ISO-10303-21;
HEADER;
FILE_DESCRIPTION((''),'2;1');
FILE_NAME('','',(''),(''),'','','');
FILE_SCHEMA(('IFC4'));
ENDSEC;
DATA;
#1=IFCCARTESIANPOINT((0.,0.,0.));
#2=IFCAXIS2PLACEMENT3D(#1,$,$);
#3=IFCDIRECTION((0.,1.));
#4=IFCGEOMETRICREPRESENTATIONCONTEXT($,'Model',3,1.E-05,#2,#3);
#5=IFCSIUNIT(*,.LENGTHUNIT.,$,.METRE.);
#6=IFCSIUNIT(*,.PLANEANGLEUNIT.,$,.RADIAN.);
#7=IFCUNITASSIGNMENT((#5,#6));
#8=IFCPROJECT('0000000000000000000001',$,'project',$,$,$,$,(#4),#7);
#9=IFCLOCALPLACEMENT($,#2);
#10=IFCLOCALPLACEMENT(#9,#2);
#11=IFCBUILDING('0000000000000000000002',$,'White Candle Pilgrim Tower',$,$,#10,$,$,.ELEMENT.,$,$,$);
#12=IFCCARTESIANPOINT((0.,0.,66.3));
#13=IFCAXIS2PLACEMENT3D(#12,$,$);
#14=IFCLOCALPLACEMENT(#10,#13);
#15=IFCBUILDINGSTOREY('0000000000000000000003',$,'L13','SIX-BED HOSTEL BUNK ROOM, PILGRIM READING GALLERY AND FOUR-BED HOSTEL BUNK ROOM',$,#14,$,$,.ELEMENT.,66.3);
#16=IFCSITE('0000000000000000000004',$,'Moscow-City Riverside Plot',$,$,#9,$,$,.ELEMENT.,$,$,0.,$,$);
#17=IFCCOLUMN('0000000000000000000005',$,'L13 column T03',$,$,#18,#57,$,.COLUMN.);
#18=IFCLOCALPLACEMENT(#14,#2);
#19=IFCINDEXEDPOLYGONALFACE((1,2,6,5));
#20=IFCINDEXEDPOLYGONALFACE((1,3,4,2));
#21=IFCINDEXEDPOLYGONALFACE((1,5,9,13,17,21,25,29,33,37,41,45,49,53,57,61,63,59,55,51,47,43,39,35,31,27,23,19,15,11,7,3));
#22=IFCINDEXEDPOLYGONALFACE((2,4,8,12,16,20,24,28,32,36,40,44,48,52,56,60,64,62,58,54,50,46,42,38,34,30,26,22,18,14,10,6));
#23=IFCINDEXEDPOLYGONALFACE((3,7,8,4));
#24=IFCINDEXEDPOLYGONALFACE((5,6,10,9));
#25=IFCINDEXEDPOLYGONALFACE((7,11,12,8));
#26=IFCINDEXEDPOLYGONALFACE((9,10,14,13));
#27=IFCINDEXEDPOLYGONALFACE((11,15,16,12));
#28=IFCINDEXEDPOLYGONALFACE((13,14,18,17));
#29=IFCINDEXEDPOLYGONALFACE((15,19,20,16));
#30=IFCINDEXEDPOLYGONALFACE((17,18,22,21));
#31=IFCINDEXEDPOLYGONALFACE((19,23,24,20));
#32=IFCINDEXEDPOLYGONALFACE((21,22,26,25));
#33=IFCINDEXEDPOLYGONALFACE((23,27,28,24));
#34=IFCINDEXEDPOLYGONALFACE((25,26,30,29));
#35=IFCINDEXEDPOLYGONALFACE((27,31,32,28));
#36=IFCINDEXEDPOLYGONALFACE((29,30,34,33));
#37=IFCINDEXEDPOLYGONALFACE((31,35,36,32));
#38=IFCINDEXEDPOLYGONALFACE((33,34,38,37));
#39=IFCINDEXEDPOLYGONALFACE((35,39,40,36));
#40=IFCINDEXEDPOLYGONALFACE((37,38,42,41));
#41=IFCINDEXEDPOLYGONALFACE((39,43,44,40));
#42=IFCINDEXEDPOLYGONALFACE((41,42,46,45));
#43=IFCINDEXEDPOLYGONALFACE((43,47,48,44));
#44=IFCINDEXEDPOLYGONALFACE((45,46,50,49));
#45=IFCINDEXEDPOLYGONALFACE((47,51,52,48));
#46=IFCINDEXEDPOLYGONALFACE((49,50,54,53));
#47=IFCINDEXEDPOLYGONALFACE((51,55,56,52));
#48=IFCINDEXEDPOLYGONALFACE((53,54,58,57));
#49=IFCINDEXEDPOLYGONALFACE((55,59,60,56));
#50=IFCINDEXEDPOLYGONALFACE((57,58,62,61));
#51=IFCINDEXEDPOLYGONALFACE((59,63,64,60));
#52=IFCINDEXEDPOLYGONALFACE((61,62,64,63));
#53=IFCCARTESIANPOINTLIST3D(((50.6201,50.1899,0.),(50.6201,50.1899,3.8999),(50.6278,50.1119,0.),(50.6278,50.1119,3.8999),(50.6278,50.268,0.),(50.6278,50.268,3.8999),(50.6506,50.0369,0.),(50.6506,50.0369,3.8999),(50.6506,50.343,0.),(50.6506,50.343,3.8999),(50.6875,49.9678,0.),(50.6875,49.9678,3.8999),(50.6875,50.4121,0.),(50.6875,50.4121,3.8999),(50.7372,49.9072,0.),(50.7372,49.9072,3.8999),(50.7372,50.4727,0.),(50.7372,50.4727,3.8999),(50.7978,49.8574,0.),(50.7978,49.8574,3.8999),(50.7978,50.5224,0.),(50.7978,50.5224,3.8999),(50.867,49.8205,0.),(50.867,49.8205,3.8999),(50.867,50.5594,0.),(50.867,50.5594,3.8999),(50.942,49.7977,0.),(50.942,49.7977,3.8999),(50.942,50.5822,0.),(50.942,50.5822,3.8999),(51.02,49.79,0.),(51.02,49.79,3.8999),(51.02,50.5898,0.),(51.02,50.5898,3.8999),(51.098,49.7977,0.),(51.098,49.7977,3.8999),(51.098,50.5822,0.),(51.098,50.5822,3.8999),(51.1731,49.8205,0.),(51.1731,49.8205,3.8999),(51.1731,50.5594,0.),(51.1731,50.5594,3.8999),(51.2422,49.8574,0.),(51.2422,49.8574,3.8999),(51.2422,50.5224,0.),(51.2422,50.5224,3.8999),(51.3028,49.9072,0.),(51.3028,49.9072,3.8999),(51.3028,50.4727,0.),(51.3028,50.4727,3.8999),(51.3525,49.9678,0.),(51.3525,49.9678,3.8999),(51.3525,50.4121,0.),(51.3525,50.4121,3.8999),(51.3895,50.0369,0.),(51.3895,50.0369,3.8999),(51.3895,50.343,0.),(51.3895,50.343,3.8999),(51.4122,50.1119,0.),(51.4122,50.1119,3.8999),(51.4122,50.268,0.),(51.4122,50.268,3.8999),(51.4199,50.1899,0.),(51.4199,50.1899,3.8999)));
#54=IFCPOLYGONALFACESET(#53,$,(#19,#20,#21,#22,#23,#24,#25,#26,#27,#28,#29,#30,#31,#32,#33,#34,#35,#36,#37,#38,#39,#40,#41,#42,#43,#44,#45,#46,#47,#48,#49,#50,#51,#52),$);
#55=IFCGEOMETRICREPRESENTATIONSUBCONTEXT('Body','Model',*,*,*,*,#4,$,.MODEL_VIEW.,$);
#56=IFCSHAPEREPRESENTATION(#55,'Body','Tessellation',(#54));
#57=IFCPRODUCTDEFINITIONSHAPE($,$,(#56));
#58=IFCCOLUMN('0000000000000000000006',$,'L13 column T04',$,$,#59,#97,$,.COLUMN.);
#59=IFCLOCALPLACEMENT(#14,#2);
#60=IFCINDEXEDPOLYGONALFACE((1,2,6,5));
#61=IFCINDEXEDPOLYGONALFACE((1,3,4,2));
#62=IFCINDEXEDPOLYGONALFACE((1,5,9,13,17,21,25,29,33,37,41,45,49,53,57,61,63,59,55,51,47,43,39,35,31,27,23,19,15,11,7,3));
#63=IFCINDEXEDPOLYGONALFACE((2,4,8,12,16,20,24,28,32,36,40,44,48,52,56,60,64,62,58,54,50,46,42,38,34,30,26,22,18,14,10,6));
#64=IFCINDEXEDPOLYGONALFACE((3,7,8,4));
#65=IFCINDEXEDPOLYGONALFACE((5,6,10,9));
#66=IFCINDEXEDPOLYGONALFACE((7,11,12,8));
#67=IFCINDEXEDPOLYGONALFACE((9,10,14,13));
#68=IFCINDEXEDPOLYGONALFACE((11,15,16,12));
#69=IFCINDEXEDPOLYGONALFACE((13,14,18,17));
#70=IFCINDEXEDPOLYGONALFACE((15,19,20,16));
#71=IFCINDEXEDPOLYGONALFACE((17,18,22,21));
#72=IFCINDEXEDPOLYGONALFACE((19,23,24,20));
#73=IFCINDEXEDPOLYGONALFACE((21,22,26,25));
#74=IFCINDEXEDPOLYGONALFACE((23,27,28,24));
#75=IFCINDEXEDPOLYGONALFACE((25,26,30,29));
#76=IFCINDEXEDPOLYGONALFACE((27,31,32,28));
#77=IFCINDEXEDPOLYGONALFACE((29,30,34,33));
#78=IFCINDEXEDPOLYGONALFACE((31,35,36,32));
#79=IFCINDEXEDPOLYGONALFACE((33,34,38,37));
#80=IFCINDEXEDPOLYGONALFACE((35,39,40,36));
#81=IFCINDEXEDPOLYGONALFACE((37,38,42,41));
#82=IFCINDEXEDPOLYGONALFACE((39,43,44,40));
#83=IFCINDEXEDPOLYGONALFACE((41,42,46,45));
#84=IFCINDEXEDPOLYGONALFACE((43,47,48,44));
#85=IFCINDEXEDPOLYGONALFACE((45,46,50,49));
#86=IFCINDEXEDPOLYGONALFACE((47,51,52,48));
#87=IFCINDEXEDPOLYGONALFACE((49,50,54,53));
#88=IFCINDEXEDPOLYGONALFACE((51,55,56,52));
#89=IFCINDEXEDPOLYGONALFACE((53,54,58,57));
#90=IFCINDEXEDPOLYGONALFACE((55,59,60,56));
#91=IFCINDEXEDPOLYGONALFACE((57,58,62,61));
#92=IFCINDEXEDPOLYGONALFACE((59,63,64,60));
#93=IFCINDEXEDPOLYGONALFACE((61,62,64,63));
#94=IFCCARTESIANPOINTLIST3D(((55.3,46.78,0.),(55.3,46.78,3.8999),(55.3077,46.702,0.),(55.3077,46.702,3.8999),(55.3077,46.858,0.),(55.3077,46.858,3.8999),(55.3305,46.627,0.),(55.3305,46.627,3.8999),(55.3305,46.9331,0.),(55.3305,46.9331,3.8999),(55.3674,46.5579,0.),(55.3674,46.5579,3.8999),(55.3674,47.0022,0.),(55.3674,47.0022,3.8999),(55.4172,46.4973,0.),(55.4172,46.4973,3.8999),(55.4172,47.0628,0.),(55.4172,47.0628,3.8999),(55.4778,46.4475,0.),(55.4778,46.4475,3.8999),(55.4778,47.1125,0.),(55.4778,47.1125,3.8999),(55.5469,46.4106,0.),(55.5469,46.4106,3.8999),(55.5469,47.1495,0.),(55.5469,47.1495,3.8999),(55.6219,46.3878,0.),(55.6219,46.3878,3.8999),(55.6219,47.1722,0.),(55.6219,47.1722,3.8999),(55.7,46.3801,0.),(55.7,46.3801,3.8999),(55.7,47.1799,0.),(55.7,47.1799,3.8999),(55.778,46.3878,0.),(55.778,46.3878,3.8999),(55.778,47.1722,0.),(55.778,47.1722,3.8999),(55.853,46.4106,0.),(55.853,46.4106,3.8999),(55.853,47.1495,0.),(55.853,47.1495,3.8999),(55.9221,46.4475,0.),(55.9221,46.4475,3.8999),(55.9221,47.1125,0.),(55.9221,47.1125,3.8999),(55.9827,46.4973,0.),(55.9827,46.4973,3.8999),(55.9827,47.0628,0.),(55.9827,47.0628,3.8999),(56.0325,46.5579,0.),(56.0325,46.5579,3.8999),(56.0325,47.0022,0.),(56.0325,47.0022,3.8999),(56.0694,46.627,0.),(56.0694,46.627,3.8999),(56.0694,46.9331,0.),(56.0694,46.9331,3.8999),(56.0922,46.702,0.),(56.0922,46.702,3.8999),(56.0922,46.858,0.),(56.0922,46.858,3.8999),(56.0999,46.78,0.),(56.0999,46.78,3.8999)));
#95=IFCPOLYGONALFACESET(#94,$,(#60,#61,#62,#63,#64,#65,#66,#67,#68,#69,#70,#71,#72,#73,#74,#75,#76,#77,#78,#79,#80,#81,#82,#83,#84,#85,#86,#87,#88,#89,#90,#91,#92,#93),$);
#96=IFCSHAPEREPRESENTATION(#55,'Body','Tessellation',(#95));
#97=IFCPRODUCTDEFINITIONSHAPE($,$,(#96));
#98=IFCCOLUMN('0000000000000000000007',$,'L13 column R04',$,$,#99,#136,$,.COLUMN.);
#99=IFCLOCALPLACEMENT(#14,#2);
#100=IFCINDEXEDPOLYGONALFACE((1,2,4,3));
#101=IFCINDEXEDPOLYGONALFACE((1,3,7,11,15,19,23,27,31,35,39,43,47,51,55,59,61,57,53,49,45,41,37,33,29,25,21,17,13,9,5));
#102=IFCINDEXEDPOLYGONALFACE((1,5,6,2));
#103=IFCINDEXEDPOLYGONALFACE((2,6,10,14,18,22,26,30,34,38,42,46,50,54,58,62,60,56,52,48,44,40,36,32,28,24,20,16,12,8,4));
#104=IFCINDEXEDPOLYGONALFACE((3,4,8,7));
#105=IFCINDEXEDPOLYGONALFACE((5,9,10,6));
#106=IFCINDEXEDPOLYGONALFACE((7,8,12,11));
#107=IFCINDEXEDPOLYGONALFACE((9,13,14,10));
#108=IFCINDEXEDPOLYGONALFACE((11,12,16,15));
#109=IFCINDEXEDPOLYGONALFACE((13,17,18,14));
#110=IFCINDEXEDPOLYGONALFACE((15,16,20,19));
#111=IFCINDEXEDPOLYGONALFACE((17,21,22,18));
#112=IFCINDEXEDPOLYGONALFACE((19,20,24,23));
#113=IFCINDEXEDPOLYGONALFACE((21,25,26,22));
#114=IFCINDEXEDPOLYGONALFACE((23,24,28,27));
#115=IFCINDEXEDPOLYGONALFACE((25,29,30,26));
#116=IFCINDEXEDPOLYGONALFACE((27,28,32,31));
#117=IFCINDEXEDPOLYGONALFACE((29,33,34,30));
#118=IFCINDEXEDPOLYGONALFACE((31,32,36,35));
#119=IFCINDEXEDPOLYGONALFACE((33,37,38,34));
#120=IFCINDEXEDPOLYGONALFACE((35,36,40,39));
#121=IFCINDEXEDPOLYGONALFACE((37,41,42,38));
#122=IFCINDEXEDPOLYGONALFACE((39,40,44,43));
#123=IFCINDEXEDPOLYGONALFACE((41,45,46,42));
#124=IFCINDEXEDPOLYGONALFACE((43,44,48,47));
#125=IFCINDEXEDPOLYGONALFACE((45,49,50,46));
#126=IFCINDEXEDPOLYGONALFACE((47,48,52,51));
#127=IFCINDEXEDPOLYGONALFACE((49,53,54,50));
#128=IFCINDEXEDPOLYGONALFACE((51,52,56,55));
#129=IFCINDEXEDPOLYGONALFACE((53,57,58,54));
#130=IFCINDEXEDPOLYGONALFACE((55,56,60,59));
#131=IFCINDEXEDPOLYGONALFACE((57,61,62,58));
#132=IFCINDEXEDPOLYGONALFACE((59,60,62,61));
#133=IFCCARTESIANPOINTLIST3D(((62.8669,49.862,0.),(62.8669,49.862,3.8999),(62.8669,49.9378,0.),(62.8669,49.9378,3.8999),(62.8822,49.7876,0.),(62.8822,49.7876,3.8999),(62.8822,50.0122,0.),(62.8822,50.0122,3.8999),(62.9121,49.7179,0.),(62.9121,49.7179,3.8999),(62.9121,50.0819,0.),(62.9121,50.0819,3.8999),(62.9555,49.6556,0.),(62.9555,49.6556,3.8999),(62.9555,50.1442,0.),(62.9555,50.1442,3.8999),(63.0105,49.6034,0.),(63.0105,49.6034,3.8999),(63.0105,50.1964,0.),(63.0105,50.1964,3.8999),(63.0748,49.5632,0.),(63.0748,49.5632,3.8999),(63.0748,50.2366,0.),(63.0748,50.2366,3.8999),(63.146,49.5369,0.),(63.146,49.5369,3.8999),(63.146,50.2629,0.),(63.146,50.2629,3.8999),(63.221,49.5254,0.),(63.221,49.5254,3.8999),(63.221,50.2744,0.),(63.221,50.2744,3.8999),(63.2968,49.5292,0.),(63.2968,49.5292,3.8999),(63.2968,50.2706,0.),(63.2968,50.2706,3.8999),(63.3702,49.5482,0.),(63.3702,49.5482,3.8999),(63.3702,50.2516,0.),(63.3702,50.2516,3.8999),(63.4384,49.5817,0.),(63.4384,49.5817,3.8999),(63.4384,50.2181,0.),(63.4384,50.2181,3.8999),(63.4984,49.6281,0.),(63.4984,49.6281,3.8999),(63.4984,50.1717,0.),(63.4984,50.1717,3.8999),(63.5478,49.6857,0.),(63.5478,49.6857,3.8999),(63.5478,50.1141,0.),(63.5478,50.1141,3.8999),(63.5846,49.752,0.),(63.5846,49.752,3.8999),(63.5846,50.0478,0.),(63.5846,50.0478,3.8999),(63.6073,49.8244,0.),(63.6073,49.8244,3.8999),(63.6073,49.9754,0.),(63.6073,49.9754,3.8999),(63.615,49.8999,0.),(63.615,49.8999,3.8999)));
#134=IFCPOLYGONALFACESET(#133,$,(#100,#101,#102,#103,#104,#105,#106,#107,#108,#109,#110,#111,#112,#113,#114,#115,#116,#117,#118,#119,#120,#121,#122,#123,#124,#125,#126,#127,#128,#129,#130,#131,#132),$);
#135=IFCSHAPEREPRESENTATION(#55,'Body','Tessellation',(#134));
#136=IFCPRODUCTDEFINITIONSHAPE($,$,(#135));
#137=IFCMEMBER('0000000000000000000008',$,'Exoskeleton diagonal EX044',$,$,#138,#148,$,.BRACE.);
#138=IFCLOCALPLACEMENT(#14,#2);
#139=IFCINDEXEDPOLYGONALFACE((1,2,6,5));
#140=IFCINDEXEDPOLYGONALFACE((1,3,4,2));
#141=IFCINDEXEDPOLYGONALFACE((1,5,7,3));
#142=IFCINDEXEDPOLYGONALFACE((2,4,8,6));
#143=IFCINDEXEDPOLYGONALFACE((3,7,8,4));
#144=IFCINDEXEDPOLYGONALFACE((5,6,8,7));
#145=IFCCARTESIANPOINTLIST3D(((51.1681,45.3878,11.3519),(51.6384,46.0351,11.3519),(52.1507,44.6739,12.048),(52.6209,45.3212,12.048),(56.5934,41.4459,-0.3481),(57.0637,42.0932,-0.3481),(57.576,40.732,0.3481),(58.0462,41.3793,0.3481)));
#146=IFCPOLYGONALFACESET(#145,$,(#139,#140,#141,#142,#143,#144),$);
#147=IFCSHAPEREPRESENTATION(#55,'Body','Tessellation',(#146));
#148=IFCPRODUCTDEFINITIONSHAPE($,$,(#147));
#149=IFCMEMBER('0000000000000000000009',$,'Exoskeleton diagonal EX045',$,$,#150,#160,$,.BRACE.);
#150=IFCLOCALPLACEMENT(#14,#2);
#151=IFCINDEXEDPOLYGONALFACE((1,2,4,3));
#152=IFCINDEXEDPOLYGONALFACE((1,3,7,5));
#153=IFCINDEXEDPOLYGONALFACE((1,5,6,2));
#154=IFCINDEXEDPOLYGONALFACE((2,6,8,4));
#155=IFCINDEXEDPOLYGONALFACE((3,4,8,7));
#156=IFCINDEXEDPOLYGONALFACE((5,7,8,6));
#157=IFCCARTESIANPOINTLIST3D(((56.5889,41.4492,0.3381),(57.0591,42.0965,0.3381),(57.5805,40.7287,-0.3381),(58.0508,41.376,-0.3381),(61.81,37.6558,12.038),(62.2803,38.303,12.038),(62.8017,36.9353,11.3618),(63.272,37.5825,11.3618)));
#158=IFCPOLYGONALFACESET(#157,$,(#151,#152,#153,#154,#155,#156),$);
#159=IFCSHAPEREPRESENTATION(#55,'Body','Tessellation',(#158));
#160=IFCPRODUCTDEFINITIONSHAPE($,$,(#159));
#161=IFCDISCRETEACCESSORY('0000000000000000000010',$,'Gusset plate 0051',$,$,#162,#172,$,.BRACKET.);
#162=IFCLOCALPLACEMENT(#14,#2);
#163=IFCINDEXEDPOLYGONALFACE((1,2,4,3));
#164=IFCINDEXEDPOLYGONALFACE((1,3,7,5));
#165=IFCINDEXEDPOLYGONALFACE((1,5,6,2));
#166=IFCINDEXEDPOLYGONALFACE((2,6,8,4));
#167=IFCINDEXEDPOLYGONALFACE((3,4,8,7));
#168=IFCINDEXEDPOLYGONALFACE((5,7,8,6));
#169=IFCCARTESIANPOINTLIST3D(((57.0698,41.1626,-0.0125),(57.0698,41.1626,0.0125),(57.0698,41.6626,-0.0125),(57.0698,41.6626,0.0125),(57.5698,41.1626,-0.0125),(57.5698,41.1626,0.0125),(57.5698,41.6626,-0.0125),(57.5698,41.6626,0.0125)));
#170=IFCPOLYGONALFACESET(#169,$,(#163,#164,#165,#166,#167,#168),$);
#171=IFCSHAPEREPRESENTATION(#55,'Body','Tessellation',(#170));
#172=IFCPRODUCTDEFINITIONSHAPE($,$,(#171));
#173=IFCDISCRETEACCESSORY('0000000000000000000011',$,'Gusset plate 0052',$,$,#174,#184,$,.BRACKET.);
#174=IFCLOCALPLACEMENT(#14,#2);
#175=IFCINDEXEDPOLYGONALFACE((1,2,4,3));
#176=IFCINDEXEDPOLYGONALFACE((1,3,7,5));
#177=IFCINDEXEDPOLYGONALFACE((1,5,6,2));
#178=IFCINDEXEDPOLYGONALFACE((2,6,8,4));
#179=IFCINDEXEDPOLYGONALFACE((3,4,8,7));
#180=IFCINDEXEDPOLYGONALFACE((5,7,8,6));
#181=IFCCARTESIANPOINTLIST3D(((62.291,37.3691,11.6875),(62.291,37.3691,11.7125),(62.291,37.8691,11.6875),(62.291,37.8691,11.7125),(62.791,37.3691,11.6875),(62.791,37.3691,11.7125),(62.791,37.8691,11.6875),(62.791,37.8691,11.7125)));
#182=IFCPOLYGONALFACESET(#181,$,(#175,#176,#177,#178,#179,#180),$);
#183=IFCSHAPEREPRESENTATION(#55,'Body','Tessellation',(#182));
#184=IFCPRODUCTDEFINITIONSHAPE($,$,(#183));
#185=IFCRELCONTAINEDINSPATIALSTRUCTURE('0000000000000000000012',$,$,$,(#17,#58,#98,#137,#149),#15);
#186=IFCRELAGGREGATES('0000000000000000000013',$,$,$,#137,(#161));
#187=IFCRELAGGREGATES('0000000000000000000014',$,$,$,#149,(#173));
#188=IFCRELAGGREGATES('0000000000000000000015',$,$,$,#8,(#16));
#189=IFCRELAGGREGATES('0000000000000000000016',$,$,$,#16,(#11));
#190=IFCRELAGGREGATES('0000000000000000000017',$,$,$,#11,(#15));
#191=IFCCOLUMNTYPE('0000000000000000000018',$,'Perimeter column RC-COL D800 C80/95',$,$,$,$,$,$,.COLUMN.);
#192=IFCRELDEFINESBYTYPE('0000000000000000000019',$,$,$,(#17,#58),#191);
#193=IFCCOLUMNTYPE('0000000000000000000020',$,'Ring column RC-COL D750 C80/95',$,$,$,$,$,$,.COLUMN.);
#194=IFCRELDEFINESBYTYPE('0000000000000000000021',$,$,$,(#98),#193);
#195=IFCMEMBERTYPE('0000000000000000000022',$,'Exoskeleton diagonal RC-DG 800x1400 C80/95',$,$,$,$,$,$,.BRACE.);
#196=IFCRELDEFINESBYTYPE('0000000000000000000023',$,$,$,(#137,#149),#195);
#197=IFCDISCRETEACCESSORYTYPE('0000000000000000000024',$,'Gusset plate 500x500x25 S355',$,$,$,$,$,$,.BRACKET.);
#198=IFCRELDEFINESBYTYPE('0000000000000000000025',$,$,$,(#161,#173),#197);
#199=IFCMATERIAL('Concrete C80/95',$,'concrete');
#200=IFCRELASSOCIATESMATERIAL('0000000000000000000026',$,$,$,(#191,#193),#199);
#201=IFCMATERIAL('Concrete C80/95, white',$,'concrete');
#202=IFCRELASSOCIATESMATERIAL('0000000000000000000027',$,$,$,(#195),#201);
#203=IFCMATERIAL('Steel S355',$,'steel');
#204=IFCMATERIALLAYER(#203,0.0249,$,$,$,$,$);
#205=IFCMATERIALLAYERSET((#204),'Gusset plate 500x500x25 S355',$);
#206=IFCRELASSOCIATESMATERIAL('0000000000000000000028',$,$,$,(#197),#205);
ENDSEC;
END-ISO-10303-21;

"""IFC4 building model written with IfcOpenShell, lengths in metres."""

from ifc_helpers import new_model, si_unit, direction, frame, origin, origin_2d, place, context, subcontext, project, spatial, rectangle, circle, extrude, material, layer, layer_set, material_profile, profile_set, type_object, element, aggregate, save


model = new_model("IFC4")

# Units and contexts
model_context = context("Model", 3, precision=1e-05, world=origin(), true_north=direction((0.0, 1.0)))
body_context = subcontext(model_context, "Body", "Model", "MODEL_VIEW")
ifc_project = project(units=[si_unit("LENGTHUNIT", "METRE"), si_unit("PLANEANGLEUNIT", "RADIAN")], contexts=[model_context])

# Site, building, storey
site_placement = place(None, origin())
site = spatial("IfcSite", under=ifc_project, at=site_placement, Name="Moscow-City Riverside Plot", CompositionType="ELEMENT", RefElevation=0.0)
building_placement = place(site_placement, origin())
building = spatial("IfcBuilding", under=site, at=building_placement, Name="White Candle Pilgrim Tower", CompositionType="ELEMENT")
storey_placement = place(building_placement, frame((0.0, 0.0, 66.3)))
storey = spatial("IfcBuildingStorey", under=building, at=storey_placement, Name="L13", Description="SIX-BED HOSTEL BUNK ROOM, PILGRIM READING GALLERY AND FOUR-BED HOSTEL BUNK ROOM", CompositionType="ELEMENT", Elevation=66.3)

# Columns
ifc_material_1 = material(Name="Concrete C80/95", Category="concrete")
ifc_material_profile_1 = material_profile(ifc_material_1, circle(Radius=0.3999, at=origin_2d()), Name="RC-COL D800")
ifc_profile_set_1 = profile_set([ifc_material_profile_1], Name="Concrete C80/95")
column_type_1 = type_object("IfcColumnType", Name="Perimeter column RC-COL D800 C80/95", PredefinedType="COLUMN", material=ifc_profile_set_1)
for number, where, z_axis, x_axis, name in (
    (1, (51.02, 50.1899, 0.0), (0.0, 0.0, 1.0), (1.0, 0.0, 0.0), "L13 column T03"),
    (2, (55.7, 46.78, 0.0), (0.0, 0.0, 1.0), (1.0, 0.0, 0.0), "L13 column T04"),
):
    element("IfcColumn", number, at=place(storey_placement, frame(where, z_axis=z_axis, x_axis=x_axis)), inside=storey, type_object=column_type_1, Name=name, PredefinedType="COLUMN", context=body_context, shape_type="SweptSolid", body=[
        extrude(circle(Radius=0.3999, at=origin_2d()), origin(), (0.0, 0.0, 1.0), 3.8999),
    ])
ifc_material_profile_2 = material_profile(ifc_material_1, circle(Radius=0.375, at=origin_2d()), Name="RC-COL D750")
ifc_profile_set_2 = profile_set([ifc_material_profile_2], Name="Concrete C80/95")
column_type_2 = type_object("IfcColumnType", Name="Ring column RC-COL D750 C80/95", PredefinedType="COLUMN", material=ifc_profile_set_2)
column_placement = place(storey_placement, frame((63.24, 49.8999, 0.0), z_axis=(0.0, 0.0, 1.0), x_axis=(1.0, 0.0, 0.0)))
element("IfcColumn", 3, at=column_placement, inside=storey, type_object=column_type_2, Name="L13 column R04", PredefinedType="COLUMN", context=body_context, shape_type="SweptSolid", body=[
    extrude(circle(Radius=0.375, at=origin_2d()), origin(), (0.0, 0.0, 1.0), 3.8999),
])

# Members
ifc_material_2 = material(Name="Concrete C80/95, white", Category="concrete")
ifc_material_profile_3 = material_profile(ifc_material_2, rectangle(XDim=0.8, YDim=1.3999, at=origin_2d()), Name="RC-DG 800x1400")
ifc_profile_set_3 = profile_set([ifc_material_profile_3], Name="Concrete C80/95, white")
member_type_1 = type_object("IfcMemberType", Name="Exoskeleton diagonal RC-DG 800x1400 C80/95", PredefinedType="BRACE", material=ifc_profile_set_3)
member_1_placement = place(storey_placement, frame((57.3198, 41.4126, 0.0), z_axis=(-0.402303, 0.292304, 0.867589), x_axis=(-0.587804, -0.809004, 0.0)))
member_1 = element("IfcMember", 4, at=member_1_placement, inside=storey, type_object=member_type_1, Name="Exoskeleton diagonal EX044", PredefinedType="BRACE", context=body_context, shape_type="SweptSolid", body=[
    extrude(rectangle(XDim=0.8, YDim=1.3999, at=origin_2d()), origin(), (0.0, 0.0, 1.0), 13.4856),
])
member_2_placement = place(storey_placement, frame((57.3198, 41.4126, 0.0), z_axis=(0.390753, -0.283901, 0.875621), x_axis=(0.587789, 0.809014, 0.0)))
member_2 = element("IfcMember", 5, at=member_2_placement, inside=storey, type_object=member_type_1, Name="Exoskeleton diagonal EX045", PredefinedType="BRACE", context=body_context, shape_type="SweptSolid", body=[
    extrude(rectangle(XDim=0.8, YDim=1.3999, at=origin_2d()), origin(), (0.0, 0.0, 1.0), 13.3618),
])

# Discrete accessories
ifc_material_3 = material(Name="Steel S355", Category="steel")
ifc_layer_1 = layer(ifc_material_3, 0.0249)
ifc_layer_set_1 = layer_set([ifc_layer_1], Name="Gusset plate 500x500x25 S355")
discrete_accessory_type = type_object("IfcDiscreteAccessoryType", Name="Gusset plate 500x500x25 S355", PredefinedType="BRACKET", material=ifc_layer_set_1)
discrete_accessory_1_placement = place(storey_placement, frame((57.3198, 41.4126, -0.0125), z_axis=(0.0, 0.0, 1.0), x_axis=(1.0, 0.0, 0.0)))
discrete_accessory_1 = element("IfcDiscreteAccessory", 6, at=discrete_accessory_1_placement, type_object=discrete_accessory_type, Name="Gusset plate 0051", PredefinedType="BRACKET", context=body_context, shape_type="SweptSolid", body=[
    extrude(rectangle(XDim=0.5, YDim=0.5, at=origin_2d()), origin(), (0.0, 0.0, 1.0), 0.0249),
])
aggregate(member_1, [discrete_accessory_1])
placement = place(building_placement, frame((0.0, 0.0, 78.0)))
discrete_accessory_2_placement = place(placement, frame((62.541, 37.6191, -0.0125), z_axis=(0.0, 0.0, 1.0), x_axis=(1.0, 0.0, 0.0)))
discrete_accessory_2 = element("IfcDiscreteAccessory", 7, at=discrete_accessory_2_placement, type_object=discrete_accessory_type, Name="Gusset plate 0052", PredefinedType="BRACKET", context=body_context, shape_type="SweptSolid", body=[
    extrude(rectangle(XDim=0.5, YDim=0.5, at=origin_2d()), origin(), (0.0, 0.0, 1.0), 0.0249),
])
aggregate(member_2, [discrete_accessory_2])

save(model, "model.ifc")
